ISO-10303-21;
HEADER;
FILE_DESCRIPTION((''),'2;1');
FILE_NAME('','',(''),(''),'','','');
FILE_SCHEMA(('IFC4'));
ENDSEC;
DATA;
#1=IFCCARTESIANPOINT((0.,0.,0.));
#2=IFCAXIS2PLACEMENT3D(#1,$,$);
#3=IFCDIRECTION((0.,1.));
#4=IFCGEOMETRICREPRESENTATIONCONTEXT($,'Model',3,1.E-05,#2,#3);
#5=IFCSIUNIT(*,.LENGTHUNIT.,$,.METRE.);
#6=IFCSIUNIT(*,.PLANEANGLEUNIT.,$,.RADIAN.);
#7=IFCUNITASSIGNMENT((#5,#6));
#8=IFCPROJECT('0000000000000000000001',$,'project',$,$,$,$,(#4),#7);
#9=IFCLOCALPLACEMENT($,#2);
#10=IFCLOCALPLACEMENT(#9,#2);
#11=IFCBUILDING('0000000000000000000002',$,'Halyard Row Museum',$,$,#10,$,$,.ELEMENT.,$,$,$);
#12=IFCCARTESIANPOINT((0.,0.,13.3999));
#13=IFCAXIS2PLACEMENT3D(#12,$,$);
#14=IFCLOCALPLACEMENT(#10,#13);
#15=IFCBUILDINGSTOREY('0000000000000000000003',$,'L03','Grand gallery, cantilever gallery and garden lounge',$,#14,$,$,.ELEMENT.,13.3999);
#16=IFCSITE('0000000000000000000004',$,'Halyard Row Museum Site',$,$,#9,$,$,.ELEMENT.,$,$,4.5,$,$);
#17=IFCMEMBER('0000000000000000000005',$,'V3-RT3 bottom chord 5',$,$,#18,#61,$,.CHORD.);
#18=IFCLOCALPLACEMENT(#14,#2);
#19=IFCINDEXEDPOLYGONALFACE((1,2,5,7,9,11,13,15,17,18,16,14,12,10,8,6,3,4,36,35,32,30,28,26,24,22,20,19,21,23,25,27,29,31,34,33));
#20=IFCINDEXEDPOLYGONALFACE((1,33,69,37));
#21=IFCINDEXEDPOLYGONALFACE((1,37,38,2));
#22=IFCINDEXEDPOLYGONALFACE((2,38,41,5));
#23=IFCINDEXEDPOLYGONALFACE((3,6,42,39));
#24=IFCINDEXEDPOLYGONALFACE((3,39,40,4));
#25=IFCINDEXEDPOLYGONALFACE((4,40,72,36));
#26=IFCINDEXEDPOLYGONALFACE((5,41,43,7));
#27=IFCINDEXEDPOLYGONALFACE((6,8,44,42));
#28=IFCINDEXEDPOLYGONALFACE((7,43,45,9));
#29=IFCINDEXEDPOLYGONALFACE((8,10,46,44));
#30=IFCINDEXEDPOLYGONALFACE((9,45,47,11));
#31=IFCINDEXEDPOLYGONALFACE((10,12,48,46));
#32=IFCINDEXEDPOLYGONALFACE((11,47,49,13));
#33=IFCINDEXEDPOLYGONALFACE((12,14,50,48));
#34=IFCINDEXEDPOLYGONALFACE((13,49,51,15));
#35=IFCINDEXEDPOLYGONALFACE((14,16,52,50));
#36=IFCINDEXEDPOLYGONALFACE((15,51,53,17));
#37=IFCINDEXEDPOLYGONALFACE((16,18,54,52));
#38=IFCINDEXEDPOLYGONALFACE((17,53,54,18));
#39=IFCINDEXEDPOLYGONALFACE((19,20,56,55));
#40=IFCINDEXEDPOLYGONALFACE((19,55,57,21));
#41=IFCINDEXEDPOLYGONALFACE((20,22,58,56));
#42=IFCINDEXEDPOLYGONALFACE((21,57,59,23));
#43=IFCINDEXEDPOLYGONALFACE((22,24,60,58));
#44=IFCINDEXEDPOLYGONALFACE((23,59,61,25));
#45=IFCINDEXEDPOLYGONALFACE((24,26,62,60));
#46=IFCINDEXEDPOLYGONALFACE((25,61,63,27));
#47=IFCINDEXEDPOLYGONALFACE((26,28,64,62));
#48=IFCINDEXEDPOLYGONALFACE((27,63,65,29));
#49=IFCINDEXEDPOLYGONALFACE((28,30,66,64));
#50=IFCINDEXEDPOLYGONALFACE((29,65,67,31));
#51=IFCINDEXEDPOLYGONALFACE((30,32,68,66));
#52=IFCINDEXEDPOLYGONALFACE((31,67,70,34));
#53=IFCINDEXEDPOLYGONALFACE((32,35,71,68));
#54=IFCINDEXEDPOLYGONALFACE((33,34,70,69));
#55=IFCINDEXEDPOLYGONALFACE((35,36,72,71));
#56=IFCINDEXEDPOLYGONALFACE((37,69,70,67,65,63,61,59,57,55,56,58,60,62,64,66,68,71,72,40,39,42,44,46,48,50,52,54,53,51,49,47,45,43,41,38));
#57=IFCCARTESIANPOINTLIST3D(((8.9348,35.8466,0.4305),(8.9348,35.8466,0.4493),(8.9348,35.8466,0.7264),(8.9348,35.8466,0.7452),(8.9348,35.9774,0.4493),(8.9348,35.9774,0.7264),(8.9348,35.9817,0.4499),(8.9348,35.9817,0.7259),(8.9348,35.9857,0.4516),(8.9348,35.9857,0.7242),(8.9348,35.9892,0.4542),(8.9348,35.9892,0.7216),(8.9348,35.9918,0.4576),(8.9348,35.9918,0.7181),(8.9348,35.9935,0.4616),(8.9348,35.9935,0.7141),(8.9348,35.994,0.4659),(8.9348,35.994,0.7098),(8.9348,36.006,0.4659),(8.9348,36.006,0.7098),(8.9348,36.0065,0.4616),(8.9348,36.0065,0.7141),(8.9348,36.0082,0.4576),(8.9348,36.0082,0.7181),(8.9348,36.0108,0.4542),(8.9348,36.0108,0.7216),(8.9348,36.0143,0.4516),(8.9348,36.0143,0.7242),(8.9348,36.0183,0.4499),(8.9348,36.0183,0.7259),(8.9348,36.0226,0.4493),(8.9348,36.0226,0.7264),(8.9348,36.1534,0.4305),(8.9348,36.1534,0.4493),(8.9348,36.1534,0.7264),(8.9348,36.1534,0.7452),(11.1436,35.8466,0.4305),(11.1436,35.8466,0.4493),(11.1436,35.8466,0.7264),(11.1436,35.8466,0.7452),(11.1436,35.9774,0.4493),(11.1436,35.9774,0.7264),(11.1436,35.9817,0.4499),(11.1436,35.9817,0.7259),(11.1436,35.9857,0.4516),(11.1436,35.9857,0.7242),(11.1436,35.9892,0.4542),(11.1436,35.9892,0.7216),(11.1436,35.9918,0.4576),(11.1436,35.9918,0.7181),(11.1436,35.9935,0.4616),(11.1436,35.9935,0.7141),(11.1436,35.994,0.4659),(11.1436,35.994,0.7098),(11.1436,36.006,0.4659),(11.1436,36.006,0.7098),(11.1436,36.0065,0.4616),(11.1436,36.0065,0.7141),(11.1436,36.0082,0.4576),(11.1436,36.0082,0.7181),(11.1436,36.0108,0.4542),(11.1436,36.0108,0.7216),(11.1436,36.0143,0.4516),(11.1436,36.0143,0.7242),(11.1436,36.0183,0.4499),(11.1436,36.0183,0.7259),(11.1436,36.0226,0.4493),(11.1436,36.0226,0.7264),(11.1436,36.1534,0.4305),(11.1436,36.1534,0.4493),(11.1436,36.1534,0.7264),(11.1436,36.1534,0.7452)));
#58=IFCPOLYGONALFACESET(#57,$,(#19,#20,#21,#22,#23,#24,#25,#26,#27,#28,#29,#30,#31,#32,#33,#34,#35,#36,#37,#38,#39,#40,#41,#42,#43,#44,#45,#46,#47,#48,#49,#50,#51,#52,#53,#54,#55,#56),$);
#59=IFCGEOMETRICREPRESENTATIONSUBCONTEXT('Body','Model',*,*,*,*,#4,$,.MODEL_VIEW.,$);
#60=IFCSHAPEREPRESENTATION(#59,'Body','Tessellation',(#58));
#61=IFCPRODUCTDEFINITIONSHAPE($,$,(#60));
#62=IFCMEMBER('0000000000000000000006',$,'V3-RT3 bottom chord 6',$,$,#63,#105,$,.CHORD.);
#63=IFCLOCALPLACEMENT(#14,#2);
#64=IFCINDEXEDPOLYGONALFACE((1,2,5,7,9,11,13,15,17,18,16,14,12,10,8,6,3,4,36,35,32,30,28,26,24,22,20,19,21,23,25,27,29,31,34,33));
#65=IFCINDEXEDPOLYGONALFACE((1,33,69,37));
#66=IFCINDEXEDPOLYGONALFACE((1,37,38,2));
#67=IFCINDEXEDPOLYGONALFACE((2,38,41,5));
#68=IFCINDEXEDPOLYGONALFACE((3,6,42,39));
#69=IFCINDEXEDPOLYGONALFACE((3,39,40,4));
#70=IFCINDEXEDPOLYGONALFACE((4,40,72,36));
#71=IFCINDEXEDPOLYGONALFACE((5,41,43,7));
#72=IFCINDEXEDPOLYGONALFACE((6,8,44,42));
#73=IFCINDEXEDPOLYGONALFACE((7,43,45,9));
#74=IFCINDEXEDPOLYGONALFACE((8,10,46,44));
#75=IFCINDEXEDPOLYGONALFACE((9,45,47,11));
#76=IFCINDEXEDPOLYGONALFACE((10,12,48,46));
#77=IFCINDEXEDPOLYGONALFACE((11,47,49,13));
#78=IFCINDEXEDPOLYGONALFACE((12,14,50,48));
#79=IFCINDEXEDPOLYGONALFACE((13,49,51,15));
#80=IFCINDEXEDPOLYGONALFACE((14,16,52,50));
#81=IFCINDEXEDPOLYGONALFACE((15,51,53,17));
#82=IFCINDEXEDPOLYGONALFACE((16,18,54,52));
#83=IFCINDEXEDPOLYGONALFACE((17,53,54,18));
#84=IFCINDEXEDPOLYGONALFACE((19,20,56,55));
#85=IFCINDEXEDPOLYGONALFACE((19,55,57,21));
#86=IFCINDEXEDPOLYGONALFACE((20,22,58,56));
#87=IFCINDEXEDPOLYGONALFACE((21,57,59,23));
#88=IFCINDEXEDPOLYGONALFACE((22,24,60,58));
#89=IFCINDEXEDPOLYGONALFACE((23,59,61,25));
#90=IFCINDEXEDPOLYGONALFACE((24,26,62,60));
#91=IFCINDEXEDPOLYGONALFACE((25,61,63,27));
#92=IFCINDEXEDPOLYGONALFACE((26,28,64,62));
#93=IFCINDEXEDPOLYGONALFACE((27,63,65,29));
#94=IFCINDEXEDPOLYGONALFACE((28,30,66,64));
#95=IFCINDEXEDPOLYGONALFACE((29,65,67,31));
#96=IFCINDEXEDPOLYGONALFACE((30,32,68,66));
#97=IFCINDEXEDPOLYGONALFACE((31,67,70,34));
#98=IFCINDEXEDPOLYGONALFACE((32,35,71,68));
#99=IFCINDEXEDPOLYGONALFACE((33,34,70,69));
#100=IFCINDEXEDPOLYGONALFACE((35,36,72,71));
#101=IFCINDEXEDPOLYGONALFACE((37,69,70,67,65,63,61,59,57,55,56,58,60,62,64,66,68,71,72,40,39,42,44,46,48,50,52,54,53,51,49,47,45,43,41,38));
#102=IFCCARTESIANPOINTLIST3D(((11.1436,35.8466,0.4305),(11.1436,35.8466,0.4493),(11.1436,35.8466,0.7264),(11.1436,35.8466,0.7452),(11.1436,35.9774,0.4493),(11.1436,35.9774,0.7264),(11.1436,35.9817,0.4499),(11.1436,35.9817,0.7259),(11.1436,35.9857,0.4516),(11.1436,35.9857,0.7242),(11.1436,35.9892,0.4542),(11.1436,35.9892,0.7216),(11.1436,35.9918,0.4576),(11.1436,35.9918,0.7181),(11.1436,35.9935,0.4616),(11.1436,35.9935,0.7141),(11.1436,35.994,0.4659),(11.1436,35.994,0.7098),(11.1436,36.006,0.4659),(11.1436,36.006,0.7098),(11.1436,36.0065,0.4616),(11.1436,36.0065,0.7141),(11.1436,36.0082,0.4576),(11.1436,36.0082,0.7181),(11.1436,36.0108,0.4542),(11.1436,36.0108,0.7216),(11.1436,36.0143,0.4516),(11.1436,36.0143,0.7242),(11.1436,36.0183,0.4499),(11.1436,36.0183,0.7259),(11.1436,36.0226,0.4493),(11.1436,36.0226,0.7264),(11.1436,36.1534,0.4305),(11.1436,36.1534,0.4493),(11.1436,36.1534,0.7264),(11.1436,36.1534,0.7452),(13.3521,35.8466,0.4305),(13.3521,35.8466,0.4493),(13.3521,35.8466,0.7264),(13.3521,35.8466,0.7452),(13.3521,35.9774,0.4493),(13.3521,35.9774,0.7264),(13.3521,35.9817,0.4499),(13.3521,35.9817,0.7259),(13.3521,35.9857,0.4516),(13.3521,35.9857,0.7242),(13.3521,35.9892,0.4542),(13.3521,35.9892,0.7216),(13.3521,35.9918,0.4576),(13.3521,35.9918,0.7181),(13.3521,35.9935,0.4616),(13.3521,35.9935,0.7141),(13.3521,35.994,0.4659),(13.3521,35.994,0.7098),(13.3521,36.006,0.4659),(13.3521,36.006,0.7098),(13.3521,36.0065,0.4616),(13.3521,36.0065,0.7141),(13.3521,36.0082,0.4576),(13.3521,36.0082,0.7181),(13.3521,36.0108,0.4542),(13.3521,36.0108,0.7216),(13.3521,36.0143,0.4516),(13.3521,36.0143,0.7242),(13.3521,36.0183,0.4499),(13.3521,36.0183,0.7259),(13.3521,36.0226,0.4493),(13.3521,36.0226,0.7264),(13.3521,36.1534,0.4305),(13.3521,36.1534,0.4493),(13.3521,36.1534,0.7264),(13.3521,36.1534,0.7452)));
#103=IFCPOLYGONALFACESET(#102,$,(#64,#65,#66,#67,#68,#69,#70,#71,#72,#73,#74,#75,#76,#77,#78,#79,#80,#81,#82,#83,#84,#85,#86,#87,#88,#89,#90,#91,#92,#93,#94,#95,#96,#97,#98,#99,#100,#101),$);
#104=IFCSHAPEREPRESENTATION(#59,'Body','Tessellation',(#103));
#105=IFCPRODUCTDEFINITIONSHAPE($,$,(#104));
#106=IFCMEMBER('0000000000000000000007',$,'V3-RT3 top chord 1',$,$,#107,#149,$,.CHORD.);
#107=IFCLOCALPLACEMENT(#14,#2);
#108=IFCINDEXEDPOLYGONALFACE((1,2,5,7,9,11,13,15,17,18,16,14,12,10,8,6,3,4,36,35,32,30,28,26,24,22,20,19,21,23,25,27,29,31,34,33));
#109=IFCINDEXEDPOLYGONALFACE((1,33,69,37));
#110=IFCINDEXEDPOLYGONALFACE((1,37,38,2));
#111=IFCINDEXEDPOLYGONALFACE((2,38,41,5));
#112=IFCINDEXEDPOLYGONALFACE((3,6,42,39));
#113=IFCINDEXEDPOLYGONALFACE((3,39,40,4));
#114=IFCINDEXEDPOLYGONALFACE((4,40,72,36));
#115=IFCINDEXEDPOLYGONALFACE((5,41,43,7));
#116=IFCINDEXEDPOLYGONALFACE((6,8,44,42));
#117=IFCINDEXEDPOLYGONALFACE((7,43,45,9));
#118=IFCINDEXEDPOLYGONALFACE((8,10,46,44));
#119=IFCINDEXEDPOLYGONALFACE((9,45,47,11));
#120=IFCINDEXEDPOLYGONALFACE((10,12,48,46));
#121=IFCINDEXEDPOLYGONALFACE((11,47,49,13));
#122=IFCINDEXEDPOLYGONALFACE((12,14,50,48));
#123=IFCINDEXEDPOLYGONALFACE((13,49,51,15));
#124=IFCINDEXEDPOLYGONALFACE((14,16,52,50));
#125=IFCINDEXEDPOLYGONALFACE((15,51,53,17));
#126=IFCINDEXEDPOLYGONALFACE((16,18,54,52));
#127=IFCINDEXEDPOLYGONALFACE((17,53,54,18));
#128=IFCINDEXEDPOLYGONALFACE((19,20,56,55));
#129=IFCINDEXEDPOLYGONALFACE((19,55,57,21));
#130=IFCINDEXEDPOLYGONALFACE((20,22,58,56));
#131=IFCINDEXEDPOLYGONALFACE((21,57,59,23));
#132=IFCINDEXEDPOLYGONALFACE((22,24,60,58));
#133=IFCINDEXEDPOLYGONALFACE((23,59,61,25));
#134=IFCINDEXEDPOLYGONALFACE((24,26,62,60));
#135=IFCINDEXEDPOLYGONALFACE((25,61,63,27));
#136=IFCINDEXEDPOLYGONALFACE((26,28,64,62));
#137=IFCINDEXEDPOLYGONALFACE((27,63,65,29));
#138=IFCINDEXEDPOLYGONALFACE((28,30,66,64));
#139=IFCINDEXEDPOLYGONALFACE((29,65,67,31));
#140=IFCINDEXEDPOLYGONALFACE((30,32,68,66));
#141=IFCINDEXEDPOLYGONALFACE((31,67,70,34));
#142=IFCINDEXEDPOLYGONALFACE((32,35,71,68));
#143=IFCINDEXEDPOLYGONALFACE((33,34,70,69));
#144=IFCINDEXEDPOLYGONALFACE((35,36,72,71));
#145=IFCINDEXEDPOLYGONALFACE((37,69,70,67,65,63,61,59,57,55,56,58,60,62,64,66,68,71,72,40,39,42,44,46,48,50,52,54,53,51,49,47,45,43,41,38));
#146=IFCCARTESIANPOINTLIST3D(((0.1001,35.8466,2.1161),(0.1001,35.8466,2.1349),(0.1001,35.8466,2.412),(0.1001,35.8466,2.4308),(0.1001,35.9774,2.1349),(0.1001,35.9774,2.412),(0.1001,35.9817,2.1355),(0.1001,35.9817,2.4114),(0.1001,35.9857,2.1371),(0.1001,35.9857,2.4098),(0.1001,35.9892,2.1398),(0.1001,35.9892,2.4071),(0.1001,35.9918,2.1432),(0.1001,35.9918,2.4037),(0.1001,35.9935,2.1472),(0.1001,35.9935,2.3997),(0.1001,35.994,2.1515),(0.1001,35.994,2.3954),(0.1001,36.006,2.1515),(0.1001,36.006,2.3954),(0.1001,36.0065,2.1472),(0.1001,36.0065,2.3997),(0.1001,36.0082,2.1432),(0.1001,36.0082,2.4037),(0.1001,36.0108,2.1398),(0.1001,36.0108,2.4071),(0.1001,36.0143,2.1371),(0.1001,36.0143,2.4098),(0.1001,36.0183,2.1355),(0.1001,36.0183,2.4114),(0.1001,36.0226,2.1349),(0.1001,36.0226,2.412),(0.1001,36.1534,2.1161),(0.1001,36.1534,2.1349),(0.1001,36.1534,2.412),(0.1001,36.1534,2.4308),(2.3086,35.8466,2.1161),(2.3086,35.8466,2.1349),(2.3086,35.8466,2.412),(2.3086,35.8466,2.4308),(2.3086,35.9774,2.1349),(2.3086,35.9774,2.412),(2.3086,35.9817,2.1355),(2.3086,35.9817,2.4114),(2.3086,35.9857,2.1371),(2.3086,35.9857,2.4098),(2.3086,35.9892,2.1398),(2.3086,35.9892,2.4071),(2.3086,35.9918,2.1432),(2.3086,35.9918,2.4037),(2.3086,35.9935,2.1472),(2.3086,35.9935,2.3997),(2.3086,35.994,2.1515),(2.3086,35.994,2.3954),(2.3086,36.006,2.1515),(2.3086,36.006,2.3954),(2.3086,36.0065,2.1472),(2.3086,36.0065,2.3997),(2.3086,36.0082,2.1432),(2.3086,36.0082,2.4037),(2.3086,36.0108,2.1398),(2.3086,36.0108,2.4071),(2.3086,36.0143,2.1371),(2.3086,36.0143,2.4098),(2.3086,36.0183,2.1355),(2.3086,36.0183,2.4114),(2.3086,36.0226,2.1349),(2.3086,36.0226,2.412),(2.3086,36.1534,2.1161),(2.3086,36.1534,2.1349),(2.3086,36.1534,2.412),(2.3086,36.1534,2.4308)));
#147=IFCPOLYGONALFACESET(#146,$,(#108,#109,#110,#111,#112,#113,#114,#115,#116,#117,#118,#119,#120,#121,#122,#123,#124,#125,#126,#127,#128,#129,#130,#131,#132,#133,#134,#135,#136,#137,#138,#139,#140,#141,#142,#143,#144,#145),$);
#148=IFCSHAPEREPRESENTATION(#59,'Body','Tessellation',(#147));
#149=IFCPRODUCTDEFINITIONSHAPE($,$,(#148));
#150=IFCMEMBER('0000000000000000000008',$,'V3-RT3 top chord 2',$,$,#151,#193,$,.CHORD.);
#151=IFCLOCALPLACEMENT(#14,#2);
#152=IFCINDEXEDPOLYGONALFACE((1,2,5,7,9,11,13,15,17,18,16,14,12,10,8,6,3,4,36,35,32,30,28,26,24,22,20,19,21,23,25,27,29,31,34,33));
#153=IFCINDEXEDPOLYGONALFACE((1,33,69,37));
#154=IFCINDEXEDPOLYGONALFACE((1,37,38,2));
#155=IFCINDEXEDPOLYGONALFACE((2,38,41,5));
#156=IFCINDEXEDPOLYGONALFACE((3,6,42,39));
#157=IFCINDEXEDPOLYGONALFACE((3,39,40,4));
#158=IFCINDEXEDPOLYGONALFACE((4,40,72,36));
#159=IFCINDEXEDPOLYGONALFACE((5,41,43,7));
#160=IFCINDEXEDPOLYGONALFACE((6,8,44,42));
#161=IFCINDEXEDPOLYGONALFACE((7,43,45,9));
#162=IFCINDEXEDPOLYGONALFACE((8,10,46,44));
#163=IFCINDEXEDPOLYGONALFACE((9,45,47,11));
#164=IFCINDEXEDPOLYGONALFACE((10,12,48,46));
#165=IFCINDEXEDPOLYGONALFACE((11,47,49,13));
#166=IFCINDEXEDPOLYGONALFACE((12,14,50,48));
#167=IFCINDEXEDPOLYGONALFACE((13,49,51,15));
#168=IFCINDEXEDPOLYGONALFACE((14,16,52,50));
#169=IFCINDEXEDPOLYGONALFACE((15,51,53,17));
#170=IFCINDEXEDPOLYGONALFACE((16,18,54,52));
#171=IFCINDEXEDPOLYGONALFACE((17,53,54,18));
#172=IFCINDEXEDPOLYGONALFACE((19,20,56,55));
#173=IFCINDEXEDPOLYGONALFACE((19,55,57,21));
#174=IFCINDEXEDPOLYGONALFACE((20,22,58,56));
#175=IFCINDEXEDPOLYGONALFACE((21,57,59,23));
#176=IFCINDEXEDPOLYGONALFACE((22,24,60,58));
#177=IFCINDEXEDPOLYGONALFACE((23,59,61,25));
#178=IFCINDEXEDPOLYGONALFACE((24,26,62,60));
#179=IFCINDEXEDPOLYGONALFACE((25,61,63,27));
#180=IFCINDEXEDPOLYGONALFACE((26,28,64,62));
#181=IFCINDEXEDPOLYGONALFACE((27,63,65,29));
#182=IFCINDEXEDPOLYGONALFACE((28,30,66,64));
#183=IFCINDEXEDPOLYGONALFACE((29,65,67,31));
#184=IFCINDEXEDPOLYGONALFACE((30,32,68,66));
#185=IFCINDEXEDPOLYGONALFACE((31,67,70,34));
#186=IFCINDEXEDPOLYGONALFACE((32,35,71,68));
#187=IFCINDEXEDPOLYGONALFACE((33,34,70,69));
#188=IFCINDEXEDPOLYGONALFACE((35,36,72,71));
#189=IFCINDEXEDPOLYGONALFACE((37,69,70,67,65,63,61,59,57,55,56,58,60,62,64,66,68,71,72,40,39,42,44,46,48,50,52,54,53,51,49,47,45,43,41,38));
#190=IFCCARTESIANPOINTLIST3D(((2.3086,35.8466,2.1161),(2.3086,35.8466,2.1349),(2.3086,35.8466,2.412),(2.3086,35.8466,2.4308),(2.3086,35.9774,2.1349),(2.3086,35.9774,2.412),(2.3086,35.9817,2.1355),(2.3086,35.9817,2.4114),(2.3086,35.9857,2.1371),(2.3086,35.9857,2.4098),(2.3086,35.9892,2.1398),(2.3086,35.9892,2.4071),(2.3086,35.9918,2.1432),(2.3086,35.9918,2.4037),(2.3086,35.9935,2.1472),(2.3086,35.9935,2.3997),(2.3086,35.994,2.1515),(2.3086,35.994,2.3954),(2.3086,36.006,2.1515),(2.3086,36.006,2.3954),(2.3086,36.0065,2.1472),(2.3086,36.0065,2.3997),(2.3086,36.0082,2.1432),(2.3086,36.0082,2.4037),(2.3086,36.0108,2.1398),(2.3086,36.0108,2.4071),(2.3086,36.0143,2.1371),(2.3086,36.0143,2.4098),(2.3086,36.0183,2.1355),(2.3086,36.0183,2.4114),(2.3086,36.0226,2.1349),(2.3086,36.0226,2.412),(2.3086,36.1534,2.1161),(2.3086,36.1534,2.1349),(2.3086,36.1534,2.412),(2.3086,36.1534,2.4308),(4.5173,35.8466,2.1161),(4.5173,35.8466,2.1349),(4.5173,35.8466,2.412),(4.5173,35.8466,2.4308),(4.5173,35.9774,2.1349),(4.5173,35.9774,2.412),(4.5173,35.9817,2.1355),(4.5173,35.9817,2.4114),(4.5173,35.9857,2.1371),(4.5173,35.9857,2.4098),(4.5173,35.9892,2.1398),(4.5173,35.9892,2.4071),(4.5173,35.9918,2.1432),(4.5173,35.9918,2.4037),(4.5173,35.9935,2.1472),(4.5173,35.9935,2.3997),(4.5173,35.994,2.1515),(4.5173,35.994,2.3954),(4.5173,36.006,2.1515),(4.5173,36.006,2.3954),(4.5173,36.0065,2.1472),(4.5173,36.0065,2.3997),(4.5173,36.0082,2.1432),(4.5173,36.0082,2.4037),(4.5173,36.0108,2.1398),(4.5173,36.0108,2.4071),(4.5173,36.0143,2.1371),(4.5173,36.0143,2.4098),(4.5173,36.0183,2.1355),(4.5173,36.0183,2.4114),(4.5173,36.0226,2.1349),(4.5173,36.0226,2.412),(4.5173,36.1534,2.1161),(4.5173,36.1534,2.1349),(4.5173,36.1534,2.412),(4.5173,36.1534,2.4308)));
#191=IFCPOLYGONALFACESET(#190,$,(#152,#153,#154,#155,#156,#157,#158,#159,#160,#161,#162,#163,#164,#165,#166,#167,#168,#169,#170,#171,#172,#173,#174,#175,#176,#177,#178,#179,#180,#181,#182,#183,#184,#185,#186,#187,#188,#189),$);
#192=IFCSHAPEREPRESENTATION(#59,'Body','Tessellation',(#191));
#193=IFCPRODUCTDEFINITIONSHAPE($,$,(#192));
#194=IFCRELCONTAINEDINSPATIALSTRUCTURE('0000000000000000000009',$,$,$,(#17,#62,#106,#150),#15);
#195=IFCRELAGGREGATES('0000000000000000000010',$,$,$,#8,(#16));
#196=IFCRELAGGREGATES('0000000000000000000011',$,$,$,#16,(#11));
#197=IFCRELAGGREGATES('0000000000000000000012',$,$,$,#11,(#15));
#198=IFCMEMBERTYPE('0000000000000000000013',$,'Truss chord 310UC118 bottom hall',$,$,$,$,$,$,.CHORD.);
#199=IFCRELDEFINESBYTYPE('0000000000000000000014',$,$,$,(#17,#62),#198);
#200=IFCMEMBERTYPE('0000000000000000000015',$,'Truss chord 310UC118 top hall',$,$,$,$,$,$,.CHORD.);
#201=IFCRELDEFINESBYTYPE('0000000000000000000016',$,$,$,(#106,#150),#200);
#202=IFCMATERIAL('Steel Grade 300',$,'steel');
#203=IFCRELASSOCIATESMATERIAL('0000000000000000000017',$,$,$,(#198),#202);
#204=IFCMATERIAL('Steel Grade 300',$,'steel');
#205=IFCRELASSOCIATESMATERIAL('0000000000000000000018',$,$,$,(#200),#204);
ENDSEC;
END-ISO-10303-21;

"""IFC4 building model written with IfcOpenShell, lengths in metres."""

from ifc_helpers import new_model, si_unit, direction, frame, origin, origin_2d, place, context, subcontext, project, spatial, i_section, extrude, material, material_profile, profile_set, type_object, element, save


model = new_model("IFC4")

# Units and contexts
model_context = context("Model", 3, precision=1e-05, world=origin(), true_north=direction((0.0, 1.0)))
body_context = subcontext(model_context, "Body", "Model", "MODEL_VIEW")
ifc_project = project(units=[si_unit("LENGTHUNIT", "METRE"), si_unit("PLANEANGLEUNIT", "RADIAN")], contexts=[model_context])

# Site, building, storey
site_placement = place(None, origin())
site = spatial("IfcSite", under=ifc_project, at=site_placement, Name="Halyard Row Museum Site", CompositionType="ELEMENT", RefElevation=4.5)
building_placement = place(site_placement, origin())
building = spatial("IfcBuilding", under=site, at=building_placement, Name="Halyard Row Museum", CompositionType="ELEMENT")
storey_placement = place(building_placement, frame((0.0, 0.0, 13.3999)))
storey = spatial("IfcBuildingStorey", under=building, at=storey_placement, Name="L03", Description="Grand gallery, cantilever gallery and garden lounge", CompositionType="ELEMENT", Elevation=13.3999)

# Members
ifc_material_1 = material(Name="Steel Grade 300", Category="steel")
ifc_material_profile_1 = material_profile(ifc_material_1, i_section(OverallWidth=0.3069, OverallDepth=0.3147, WebThickness=0.012, FlangeThickness=0.0188, FilletRadius=0.0166, at=origin_2d()), Name="310UC118")
ifc_profile_set_1 = profile_set([ifc_material_profile_1], Name="Steel Grade 300")
member_type_1 = type_object("IfcMemberType", Name="Truss chord 310UC118 bottom hall", PredefinedType="CHORD", material=ifc_profile_set_1)
for number, where, z_axis, x_axis, name in (
    (1, (8.9348, 36.0, 0.5879), (1.0, 0.0, 0.0), (0.0, 1.0, 0.0), "V3-RT3 bottom chord 5"),
):
    element("IfcMember", number, at=place(storey_placement, frame(where, z_axis=z_axis, x_axis=x_axis)), inside=storey, type_object=member_type_1, Name=name, PredefinedType="CHORD", context=body_context, shape_type="SweptSolid", body=[
        extrude(i_section(OverallWidth=0.3069, OverallDepth=0.3147, WebThickness=0.012, FlangeThickness=0.0188, FilletRadius=0.0166, at=origin_2d()), origin(), (0.0, 0.0, 1.0), 2.2087),
    ])
member_1_placement = place(storey_placement, frame((11.1436, 36.0, 0.5879), z_axis=(1.0, 0.0, 0.0), x_axis=(0.0, 1.0, 0.0)))
element("IfcMember", 2, at=member_1_placement, inside=storey, type_object=member_type_1, Name="V3-RT3 bottom chord 6", PredefinedType="CHORD", context=body_context, shape_type="SweptSolid", body=[
    extrude(i_section(OverallWidth=0.3069, OverallDepth=0.3147, WebThickness=0.012, FlangeThickness=0.0188, FilletRadius=0.0166, at=origin_2d()), origin(), (0.0, 0.0, 1.0), 2.2085),
])
ifc_material_2 = material(Name="Steel Grade 300", Category="steel")
ifc_material_profile_2 = material_profile(ifc_material_2, i_section(OverallWidth=0.3069, OverallDepth=0.3147, WebThickness=0.012, FlangeThickness=0.0188, FilletRadius=0.0166, at=origin_2d()), Name="310UC118")
ifc_profile_set_2 = profile_set([ifc_material_profile_2], Name="Steel Grade 300")
member_type_2 = type_object("IfcMemberType", Name="Truss chord 310UC118 top hall", PredefinedType="CHORD", material=ifc_profile_set_2)
member_2_placement = place(storey_placement, frame((0.1001, 36.0, 2.2734), z_axis=(1.0, 0.0, 0.0), x_axis=(0.0, 1.0, 0.0)))
element("IfcMember", 3, at=member_2_placement, inside=storey, type_object=member_type_2, Name="V3-RT3 top chord 1", PredefinedType="CHORD", context=body_context, shape_type="SweptSolid", body=[
    extrude(i_section(OverallWidth=0.3069, OverallDepth=0.3147, WebThickness=0.012, FlangeThickness=0.0188, FilletRadius=0.0166, at=origin_2d()), origin(), (0.0, 0.0, 1.0), 2.2085),
])
for number, where, z_axis, x_axis, name in (
    (4, (2.3086, 36.0, 2.2734), (1.0, 0.0, 0.0), (0.0, 1.0, 0.0), "V3-RT3 top chord 2"),
):
    element("IfcMember", number, at=place(storey_placement, frame(where, z_axis=z_axis, x_axis=x_axis)), inside=storey, type_object=member_type_2, Name=name, PredefinedType="CHORD", context=body_context, shape_type="SweptSolid", body=[
        extrude(i_section(OverallWidth=0.3069, OverallDepth=0.3147, WebThickness=0.012, FlangeThickness=0.0188, FilletRadius=0.0166, at=origin_2d()), origin(), (0.0, 0.0, 1.0), 2.2087),
    ])

save(model, "model.ifc")
